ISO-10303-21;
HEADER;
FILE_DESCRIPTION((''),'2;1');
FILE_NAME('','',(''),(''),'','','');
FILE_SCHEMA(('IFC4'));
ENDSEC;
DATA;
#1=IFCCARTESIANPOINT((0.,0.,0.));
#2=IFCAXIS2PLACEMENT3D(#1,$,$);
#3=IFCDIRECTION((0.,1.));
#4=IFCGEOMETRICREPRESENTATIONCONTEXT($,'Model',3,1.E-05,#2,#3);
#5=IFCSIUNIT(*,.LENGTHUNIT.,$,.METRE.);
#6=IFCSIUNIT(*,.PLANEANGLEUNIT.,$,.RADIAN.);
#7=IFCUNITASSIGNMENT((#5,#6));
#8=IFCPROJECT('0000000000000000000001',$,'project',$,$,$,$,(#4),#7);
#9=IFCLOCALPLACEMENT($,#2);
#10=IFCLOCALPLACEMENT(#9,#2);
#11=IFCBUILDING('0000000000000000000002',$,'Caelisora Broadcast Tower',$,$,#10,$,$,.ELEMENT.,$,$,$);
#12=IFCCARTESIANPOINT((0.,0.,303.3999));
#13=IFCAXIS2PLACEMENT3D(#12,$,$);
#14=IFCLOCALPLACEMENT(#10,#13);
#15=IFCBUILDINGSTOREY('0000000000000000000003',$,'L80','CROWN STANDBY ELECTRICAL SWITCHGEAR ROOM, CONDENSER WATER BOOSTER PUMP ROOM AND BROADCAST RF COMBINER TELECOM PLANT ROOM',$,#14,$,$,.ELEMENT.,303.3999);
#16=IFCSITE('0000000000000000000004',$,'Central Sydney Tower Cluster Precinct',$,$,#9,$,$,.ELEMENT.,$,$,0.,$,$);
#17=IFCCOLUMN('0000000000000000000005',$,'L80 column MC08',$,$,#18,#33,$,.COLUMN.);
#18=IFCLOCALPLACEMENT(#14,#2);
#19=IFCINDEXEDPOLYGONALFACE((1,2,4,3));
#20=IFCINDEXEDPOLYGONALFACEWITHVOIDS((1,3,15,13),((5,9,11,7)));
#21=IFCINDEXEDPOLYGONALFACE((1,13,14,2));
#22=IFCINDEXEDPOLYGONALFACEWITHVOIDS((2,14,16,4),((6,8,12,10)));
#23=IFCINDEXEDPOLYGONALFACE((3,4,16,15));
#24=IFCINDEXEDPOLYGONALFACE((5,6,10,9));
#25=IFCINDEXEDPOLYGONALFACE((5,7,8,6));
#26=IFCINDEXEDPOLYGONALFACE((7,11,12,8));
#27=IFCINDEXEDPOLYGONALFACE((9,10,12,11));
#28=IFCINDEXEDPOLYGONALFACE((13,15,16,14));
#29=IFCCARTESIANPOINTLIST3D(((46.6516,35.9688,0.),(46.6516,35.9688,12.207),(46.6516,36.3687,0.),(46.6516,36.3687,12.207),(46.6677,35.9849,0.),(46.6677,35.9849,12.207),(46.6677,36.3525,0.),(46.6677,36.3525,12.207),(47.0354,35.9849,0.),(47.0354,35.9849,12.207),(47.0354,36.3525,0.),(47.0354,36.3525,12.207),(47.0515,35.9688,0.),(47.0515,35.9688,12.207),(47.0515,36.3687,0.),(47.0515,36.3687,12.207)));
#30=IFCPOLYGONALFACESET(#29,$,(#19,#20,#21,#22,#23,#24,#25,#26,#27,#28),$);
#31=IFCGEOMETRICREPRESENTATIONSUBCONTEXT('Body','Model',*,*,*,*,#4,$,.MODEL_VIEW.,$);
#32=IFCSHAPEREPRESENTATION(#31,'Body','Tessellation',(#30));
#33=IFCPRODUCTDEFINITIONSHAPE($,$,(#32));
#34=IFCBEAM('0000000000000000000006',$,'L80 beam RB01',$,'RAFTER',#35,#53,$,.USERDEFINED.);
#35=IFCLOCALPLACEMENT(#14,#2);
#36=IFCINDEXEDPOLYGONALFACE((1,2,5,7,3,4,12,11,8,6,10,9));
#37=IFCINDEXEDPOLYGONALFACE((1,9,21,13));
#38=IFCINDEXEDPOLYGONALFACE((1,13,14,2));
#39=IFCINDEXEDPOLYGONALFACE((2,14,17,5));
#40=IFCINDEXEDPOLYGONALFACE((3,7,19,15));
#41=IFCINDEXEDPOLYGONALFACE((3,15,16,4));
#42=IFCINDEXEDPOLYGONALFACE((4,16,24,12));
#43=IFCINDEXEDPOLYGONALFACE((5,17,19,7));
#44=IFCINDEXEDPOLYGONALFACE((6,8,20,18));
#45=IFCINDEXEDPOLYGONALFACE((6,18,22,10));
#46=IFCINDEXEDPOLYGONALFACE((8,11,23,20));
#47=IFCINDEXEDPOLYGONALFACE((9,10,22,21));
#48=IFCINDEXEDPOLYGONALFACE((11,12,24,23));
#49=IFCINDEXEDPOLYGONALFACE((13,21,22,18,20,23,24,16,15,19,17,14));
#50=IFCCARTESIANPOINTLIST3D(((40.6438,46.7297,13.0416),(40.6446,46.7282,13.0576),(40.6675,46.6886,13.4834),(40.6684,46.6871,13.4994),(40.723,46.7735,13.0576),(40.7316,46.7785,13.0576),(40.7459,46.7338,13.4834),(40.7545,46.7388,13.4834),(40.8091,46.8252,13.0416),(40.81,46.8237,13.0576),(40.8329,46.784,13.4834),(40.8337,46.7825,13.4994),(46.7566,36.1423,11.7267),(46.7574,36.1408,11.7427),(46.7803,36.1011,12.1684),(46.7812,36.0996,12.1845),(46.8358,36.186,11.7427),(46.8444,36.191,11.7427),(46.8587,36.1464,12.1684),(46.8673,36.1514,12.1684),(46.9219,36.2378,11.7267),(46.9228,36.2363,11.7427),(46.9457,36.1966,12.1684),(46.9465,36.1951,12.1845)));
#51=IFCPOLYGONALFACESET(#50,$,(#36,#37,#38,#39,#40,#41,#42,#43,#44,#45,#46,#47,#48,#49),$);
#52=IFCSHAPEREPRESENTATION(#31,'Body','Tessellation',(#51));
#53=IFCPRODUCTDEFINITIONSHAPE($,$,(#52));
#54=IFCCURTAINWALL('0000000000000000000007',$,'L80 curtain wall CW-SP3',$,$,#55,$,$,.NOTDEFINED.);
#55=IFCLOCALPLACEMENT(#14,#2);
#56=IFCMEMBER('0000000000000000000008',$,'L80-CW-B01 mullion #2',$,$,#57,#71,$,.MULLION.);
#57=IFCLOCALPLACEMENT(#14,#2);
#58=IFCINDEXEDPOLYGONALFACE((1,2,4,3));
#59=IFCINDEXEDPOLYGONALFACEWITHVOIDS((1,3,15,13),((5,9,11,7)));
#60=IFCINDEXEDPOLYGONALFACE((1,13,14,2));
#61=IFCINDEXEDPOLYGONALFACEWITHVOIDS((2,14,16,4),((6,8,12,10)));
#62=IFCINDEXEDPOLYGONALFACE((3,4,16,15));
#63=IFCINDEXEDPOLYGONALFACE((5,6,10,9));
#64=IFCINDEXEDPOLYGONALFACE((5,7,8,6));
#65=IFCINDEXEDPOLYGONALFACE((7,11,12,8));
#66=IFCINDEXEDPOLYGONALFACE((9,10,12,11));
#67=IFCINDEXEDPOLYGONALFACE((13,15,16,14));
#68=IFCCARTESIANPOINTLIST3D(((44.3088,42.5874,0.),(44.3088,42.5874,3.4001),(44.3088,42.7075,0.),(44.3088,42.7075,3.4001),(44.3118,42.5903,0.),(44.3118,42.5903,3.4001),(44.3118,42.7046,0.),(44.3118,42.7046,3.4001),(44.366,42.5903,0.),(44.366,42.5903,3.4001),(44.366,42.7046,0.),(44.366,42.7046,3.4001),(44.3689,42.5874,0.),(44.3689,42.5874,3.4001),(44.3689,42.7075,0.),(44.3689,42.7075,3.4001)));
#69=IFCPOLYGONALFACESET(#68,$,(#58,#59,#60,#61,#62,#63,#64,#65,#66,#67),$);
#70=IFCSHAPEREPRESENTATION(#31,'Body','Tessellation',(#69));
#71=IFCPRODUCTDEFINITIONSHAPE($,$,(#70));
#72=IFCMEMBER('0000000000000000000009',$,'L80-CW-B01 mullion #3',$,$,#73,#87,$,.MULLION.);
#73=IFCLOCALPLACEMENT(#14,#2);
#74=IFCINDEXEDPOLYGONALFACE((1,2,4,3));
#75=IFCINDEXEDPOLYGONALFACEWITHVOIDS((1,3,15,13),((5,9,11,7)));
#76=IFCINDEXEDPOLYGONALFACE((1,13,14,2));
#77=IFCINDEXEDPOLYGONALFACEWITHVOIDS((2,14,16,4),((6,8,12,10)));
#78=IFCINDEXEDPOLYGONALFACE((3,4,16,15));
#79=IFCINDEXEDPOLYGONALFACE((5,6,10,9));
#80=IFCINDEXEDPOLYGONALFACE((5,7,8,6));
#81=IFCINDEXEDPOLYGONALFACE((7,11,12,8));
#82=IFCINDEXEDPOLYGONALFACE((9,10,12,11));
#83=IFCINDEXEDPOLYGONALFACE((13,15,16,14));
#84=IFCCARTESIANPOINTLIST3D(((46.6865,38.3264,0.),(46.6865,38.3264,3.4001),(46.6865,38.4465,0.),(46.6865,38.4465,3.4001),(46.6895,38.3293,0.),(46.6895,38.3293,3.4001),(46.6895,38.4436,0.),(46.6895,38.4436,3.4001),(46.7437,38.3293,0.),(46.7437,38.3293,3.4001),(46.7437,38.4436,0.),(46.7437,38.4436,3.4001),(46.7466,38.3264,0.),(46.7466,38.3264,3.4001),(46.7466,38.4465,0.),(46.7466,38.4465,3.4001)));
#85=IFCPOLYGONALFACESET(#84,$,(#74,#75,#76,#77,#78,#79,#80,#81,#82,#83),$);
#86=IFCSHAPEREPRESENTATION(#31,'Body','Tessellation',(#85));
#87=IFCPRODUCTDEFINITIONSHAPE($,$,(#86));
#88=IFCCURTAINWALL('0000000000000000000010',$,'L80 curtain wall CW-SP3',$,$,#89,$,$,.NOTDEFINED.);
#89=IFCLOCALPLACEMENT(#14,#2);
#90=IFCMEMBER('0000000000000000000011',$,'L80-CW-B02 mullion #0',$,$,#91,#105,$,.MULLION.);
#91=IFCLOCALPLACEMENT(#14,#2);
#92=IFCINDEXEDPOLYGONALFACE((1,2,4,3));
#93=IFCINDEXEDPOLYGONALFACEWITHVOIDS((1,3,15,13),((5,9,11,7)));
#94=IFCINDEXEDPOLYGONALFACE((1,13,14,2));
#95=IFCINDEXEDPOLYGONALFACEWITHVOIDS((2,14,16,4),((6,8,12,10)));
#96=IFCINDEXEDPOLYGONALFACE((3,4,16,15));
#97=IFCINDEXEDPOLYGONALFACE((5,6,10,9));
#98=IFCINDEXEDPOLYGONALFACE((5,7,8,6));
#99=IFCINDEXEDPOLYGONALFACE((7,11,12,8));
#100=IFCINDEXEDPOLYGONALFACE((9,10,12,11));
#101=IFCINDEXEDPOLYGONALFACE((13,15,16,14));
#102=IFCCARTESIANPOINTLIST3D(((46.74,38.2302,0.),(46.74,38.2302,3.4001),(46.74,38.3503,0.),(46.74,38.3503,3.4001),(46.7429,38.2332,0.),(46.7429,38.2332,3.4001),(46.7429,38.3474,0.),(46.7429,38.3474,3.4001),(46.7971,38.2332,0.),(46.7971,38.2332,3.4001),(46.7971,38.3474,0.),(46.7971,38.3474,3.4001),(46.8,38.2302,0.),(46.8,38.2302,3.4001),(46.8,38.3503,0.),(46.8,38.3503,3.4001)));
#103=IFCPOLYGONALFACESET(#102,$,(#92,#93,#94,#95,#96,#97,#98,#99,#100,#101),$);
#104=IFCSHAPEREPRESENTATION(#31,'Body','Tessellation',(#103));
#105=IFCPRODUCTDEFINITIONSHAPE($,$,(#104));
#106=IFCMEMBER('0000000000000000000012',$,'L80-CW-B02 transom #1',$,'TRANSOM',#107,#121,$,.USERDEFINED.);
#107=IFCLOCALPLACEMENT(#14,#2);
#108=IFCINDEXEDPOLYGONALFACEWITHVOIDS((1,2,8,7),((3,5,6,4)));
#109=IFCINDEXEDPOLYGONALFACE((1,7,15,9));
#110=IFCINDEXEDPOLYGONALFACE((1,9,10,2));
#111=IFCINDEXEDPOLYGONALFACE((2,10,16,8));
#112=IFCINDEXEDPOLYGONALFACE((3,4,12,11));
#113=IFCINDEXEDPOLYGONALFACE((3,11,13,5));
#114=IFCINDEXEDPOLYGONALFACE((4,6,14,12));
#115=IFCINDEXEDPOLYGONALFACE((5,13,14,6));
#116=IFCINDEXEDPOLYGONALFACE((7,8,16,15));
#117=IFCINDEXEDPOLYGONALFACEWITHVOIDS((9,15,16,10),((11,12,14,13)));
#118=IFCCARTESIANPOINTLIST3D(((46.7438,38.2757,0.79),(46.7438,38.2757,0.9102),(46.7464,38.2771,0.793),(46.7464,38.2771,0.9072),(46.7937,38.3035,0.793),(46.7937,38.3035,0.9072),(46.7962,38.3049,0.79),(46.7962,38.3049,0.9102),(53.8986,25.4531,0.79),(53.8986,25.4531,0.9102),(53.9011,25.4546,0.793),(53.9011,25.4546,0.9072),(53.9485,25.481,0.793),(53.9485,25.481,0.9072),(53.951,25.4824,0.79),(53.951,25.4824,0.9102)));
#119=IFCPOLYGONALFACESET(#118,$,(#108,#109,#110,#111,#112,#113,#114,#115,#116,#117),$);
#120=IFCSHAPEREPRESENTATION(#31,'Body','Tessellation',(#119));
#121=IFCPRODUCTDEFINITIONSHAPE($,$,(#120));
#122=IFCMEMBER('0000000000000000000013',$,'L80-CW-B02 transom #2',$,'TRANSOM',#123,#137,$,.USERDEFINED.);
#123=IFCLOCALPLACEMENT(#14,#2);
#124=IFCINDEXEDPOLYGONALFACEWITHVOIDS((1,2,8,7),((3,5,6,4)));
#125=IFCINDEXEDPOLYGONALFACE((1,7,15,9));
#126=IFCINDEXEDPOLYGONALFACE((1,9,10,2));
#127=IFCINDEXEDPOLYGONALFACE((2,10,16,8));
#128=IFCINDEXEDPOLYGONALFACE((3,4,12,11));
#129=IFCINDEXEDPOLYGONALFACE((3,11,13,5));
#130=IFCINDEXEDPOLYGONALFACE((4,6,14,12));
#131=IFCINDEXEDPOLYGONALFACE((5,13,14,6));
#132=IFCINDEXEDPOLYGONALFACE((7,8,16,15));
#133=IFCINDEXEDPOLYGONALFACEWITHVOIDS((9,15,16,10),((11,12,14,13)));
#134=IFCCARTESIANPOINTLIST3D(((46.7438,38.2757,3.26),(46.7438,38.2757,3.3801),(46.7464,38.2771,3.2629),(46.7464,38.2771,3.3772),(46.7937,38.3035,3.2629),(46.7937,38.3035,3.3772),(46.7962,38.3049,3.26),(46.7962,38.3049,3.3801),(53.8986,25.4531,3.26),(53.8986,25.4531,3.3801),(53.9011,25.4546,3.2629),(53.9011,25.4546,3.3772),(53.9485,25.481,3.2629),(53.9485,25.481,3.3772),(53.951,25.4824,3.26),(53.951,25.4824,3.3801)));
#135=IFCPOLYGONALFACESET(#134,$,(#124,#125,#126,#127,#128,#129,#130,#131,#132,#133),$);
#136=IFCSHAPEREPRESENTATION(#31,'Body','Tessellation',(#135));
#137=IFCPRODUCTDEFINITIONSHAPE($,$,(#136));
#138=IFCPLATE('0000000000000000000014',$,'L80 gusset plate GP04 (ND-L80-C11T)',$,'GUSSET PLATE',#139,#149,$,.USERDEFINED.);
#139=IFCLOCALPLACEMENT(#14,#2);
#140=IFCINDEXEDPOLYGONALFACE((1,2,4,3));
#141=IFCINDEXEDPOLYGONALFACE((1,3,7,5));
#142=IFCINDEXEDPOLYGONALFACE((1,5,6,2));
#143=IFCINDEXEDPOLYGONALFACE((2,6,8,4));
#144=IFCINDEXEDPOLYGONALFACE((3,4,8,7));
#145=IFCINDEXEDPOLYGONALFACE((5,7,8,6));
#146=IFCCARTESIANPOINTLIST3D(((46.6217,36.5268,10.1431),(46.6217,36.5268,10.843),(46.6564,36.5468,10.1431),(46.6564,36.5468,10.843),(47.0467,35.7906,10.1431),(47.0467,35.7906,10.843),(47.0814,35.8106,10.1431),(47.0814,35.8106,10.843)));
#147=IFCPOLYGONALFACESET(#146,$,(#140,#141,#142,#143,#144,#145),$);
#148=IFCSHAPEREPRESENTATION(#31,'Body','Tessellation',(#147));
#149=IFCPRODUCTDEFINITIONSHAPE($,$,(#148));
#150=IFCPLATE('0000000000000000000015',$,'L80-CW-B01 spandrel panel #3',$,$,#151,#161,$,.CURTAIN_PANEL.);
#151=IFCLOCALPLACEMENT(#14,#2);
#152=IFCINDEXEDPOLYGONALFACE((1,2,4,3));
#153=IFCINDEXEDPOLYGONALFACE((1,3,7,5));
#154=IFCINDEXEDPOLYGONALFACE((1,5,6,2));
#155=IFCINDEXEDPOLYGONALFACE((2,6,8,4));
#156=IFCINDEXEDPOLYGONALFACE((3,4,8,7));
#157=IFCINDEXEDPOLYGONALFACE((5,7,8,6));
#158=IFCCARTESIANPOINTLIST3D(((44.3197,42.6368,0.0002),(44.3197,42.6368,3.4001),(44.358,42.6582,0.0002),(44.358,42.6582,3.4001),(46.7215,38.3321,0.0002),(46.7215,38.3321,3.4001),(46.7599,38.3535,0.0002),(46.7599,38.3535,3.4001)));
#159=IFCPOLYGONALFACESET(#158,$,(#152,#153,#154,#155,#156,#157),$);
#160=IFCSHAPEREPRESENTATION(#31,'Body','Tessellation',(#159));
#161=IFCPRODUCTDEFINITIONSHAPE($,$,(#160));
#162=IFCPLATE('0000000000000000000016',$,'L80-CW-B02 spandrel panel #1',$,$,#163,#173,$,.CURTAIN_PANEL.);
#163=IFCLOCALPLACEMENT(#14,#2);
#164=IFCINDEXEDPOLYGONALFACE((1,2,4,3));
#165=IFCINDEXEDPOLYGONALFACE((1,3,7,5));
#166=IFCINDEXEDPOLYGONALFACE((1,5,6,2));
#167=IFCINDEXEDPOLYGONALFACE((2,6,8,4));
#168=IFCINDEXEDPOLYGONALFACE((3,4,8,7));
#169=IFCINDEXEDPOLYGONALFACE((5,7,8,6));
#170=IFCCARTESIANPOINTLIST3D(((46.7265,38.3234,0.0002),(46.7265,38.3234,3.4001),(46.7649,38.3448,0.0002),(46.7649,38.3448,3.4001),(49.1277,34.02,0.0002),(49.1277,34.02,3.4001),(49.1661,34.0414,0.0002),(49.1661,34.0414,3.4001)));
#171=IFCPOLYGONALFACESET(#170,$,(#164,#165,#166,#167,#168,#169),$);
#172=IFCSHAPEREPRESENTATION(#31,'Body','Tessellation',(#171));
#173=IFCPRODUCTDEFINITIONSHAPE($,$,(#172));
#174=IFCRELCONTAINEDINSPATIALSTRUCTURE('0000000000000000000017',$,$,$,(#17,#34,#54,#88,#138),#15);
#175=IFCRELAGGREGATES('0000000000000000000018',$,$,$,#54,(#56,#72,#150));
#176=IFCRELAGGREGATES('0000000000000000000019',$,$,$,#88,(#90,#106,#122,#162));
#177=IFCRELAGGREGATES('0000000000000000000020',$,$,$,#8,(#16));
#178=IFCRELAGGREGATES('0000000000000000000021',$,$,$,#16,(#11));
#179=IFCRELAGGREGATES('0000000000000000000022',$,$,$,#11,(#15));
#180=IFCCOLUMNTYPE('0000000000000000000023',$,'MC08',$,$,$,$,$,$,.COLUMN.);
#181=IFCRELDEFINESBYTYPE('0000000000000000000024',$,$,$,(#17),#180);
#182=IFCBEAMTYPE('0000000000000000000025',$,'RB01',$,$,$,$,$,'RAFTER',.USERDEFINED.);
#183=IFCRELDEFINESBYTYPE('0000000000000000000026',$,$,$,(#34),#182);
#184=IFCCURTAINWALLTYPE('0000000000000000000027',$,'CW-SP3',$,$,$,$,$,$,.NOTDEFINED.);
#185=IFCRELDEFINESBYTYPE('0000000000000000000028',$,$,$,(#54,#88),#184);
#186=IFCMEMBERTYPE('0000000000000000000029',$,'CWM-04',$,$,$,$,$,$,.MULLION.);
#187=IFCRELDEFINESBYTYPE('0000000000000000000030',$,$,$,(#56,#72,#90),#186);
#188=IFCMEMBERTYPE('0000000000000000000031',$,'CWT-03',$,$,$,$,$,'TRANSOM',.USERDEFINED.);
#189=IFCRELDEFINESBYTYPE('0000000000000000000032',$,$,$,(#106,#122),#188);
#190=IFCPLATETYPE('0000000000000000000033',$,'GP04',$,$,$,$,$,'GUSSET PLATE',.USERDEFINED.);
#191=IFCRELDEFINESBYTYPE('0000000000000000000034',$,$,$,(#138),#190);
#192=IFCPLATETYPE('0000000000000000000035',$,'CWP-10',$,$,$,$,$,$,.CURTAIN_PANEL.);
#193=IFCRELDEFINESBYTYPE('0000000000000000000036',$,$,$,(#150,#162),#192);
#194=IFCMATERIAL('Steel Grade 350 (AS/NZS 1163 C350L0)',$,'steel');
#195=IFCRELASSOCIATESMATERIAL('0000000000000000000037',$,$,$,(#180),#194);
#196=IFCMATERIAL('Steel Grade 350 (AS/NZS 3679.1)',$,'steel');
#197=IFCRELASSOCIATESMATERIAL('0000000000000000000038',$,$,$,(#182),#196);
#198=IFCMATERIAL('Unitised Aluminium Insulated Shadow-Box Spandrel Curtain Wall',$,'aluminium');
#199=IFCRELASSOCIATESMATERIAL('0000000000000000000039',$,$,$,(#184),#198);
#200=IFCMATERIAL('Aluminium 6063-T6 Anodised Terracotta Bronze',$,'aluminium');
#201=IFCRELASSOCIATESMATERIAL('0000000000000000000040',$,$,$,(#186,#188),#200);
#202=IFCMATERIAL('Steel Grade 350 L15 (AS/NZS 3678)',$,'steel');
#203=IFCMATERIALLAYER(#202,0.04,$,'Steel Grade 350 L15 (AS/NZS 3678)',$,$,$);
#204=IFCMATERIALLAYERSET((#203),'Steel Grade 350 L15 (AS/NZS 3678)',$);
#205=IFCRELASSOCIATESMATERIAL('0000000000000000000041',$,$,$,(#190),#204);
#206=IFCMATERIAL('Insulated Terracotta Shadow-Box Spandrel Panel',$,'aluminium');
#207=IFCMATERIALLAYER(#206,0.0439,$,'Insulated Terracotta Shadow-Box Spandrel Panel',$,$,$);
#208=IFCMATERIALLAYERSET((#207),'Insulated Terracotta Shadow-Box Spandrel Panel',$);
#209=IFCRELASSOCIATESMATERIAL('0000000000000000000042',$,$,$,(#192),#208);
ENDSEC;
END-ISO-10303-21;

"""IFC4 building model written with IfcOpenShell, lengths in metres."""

from ifc_helpers import new_model, si_unit, direction, frame, origin, origin_2d, place, context, subcontext, project, spatial, rectangle, hollow_rectangle, i_section, extrude, source, transform, mapped, material, layer, layer_set, material_profile, profile_set, type_object, type_shapes, element, aggregate, save


model = new_model("IFC4")

# Units and contexts
model_context = context("Model", 3, precision=1e-05, world=origin(), true_north=direction((0.0, 1.0)))
body_context = subcontext(model_context, "Body", "Model", "MODEL_VIEW")
ifc_project = project(units=[si_unit("LENGTHUNIT", "METRE"), si_unit("PLANEANGLEUNIT", "RADIAN")], contexts=[model_context])

# Site, building, storey
site_placement = place(None, origin())
site = spatial("IfcSite", under=ifc_project, at=site_placement, Name="Central Sydney Tower Cluster Precinct", CompositionType="ELEMENT", RefElevation=0.0)
building_placement = place(site_placement, origin())
building = spatial("IfcBuilding", under=site, at=building_placement, Name="Caelisora Broadcast Tower", CompositionType="ELEMENT")
storey_placement = place(building_placement, frame((0.0, 0.0, 303.3999)))
storey = spatial("IfcBuildingStorey", under=building, at=storey_placement, Name="L80", Description="CROWN STANDBY ELECTRICAL SWITCHGEAR ROOM, CONDENSER WATER BOOSTER PUMP ROOM AND BROADCAST RF COMBINER TELECOM PLANT ROOM", CompositionType="ELEMENT", Elevation=303.3999)

# Column
ifc_material_1 = material(Name="Steel Grade 350 (AS/NZS 1163 C350L0)", Category="steel")
ifc_material_profile_1 = material_profile(ifc_material_1, hollow_rectangle(XDim=0.3999, YDim=0.3999, WallThickness=0.0161, at=origin_2d()), Name="Steel Grade 350 (AS/NZS 1163 C350L0)")
ifc_profile_set_1 = profile_set([ifc_material_profile_1], Name="Steel Grade 350 (AS/NZS 1163 C350L0)")
column_type = type_object("IfcColumnType", Name="MC08", PredefinedType="COLUMN", material=ifc_profile_set_1)
shared_shape_1 = source(origin(), body_context, "Body", "SweptSolid", [
    extrude(hollow_rectangle(XDim=0.3999, YDim=0.3999, WallThickness=0.0161, at=origin_2d()), origin(), (0.0, 0.0, 1.0), 12.207),
])
type_shapes(column_type, [shared_shape_1])
column_placement = place(storey_placement, frame((46.8516, 36.1687, 0.0), z_axis=(0.0, 0.0, 1.0), x_axis=(1.0, 0.0, 0.0)))
element("IfcColumn", 1, at=column_placement, inside=storey, type_object=column_type, Name="L80 column MC08", PredefinedType="COLUMN", context=body_context, shape_type="MappedRepresentation", body=[
    mapped(shared_shape_1, transform((0.0, 0.0, 0.0), scale=1.0)),
])

# Beam
ifc_material_2 = material(Name="Steel Grade 350 (AS/NZS 3679.1)", Category="steel")
ifc_material_profile_2 = material_profile(ifc_material_2, i_section(OverallWidth=0.1909, OverallDepth=0.4604, WebThickness=0.01, FlangeThickness=0.0161, at=origin_2d()), Name="Steel Grade 350 (AS/NZS 3679.1)")
ifc_profile_set_2 = profile_set([ifc_material_profile_2], Name="Steel Grade 350 (AS/NZS 3679.1)")
beam_type = type_object("IfcBeamType", Name="RB01", ElementType="RAFTER", PredefinedType="USERDEFINED", material=ifc_profile_set_2)
shared_shape_2 = source(origin(), body_context, "Body", "SweptSolid", [
    extrude(i_section(OverallWidth=0.1909, OverallDepth=0.4604, WebThickness=0.01, FlangeThickness=0.0161, at=origin_2d()), origin(), (0.0, 0.0, 1.0), 12.2959),
])
type_shapes(beam_type, [shared_shape_2])
beam_placement = place(storey_placement, frame((46.8516, 36.1687, 11.9556), z_axis=(-0.497142, 0.861054, 0.106942), x_axis=(-0.86602, -0.500009, 0.0)))
element("IfcBeam", 2, at=beam_placement, inside=storey, type_object=beam_type, Name="L80 beam RB01", ObjectType="RAFTER", PredefinedType="USERDEFINED", context=body_context, shape_type="MappedRepresentation", body=[
    mapped(shared_shape_2, transform((0.0, 0.0, 0.0), scale=1.0)),
])

# Curtain walls, members
ifc_material_3 = material(Name="Unitised Aluminium Insulated Shadow-Box Spandrel Curtain Wall", Category="aluminium")
curtain_wall_type = type_object("IfcCurtainWallType", Name="CW-SP3", PredefinedType="NOTDEFINED", material=ifc_material_3)
curtain_wall_1_placement = place(storey_placement, origin())
curtain_wall_1 = element("IfcCurtainWall", 3, at=curtain_wall_1_placement, inside=storey, type_object=curtain_wall_type, Name="L80 curtain wall CW-SP3", PredefinedType="NOTDEFINED")
ifc_material_4 = material(Name="Aluminium 6063-T6 Anodised Terracotta Bronze", Category="aluminium")
ifc_material_profile_3 = material_profile(ifc_material_4, hollow_rectangle(XDim=0.0601, YDim=0.1201, WallThickness=0.0029, at=origin_2d()), Name="Aluminium 6063-T6 Anodised Terracotta Bronze")
ifc_profile_set_3 = profile_set([ifc_material_profile_3], Name="Aluminium 6063-T6 Anodised Terracotta Bronze")
member_type_1 = type_object("IfcMemberType", Name="CWM-04", PredefinedType="MULLION", material=ifc_profile_set_3)
shared_shape_3 = source(origin(), body_context, "Body", "SweptSolid", [
    extrude(hollow_rectangle(XDim=0.0601, YDim=0.1201, WallThickness=0.0029, at=origin_2d()), origin(), (0.0, 0.0, 1.0), 3.4001),
])
type_shapes(member_type_1, [shared_shape_3])
member_1_placement = place(storey_placement, frame((44.3389, 42.6475, 0.0), z_axis=(0.0, 0.0, 1.0), x_axis=(1.0, 0.0, 0.0)))
member_1 = element("IfcMember", 4, at=member_1_placement, type_object=member_type_1, Name="L80-CW-B01 mullion #2", PredefinedType="MULLION", context=body_context, shape_type="MappedRepresentation", body=[
    mapped(shared_shape_3, transform((0.0, 0.0, 0.0), scale=1.0)),
])
member_2_placement = place(storey_placement, frame((46.7166, 38.3865, 0.0), z_axis=(0.0, 0.0, 1.0), x_axis=(1.0, 0.0, 0.0)))
member_2 = element("IfcMember", 5, at=member_2_placement, type_object=member_type_1, Name="L80-CW-B01 mullion #3", PredefinedType="MULLION", context=body_context, shape_type="MappedRepresentation", body=[
    mapped(shared_shape_3, transform((0.0, 0.0, 0.0), scale=1.0)),
])
curtain_wall_2_placement = place(storey_placement, origin())
curtain_wall_2 = element("IfcCurtainWall", 6, at=curtain_wall_2_placement, inside=storey, type_object=curtain_wall_type, Name="L80 curtain wall CW-SP3", PredefinedType="NOTDEFINED")
member_3_placement = place(storey_placement, frame((46.77, 38.2903, 0.0), z_axis=(0.0, 0.0, 1.0), x_axis=(1.0, 0.0, 0.0)))
member_3 = element("IfcMember", 7, at=member_3_placement, type_object=member_type_1, Name="L80-CW-B02 mullion #0", PredefinedType="MULLION", context=body_context, shape_type="MappedRepresentation", body=[
    mapped(shared_shape_3, transform((0.0, 0.0, 0.0), scale=1.0)),
])
ifc_material_profile_4 = material_profile(ifc_material_4, hollow_rectangle(XDim=0.0601, YDim=0.1201, WallThickness=0.0029, at=origin_2d()), Name="Aluminium 6063-T6 Anodised Terracotta Bronze")
ifc_profile_set_4 = profile_set([ifc_material_profile_4], Name="Aluminium 6063-T6 Anodised Terracotta Bronze")
member_type_2 = type_object("IfcMemberType", Name="CWT-03", ElementType="TRANSOM", PredefinedType="USERDEFINED", material=ifc_profile_set_4)
shared_shape_4 = source(origin(), body_context, "Body", "SweptSolid", [
    extrude(hollow_rectangle(XDim=0.0601, YDim=0.1201, WallThickness=0.0029, at=origin_2d()), origin(), (0.0, 0.0, 1.0), 14.6836),
])
type_shapes(member_type_2, [shared_shape_4])
member_4_placement = place(storey_placement, frame((46.77, 38.2903, 0.8501), z_axis=(0.487264, -0.873255, 0.0), x_axis=(0.873255, 0.487264, 0.0)))
member_4 = element("IfcMember", 8, at=member_4_placement, type_object=member_type_2, Name="L80-CW-B02 transom #1", ObjectType="TRANSOM", PredefinedType="USERDEFINED", context=body_context, shape_type="MappedRepresentation", body=[
    mapped(shared_shape_4, transform((0.0, 0.0, 0.0), scale=1.0)),
])
member_5_placement = place(storey_placement, frame((46.77, 38.2903, 3.3201), z_axis=(0.487264, -0.873255, 0.0), x_axis=(0.873255, 0.487264, 0.0)))
member_5 = element("IfcMember", 9, at=member_5_placement, type_object=member_type_2, Name="L80-CW-B02 transom #2", ObjectType="TRANSOM", PredefinedType="USERDEFINED", context=body_context, shape_type="MappedRepresentation", body=[
    mapped(shared_shape_4, transform((0.0, 0.0, 0.0), scale=1.0)),
])

# Plates
ifc_material_5 = material(Name="Steel Grade 350 L15 (AS/NZS 3678)", Category="steel")
ifc_layer_1 = layer(ifc_material_5, 0.04, Name="Steel Grade 350 L15 (AS/NZS 3678)")
ifc_layer_set_1 = layer_set([ifc_layer_1], Name="Steel Grade 350 L15 (AS/NZS 3678)")
plate_type_1 = type_object("IfcPlateType", Name="GP04", ElementType="GUSSET PLATE", PredefinedType="USERDEFINED", material=ifc_layer_set_1)
shared_shape_5 = source(origin(), body_context, "Body", "SweptSolid", [
    extrude(rectangle(XDim=0.8501, YDim=0.04, at=origin_2d()), origin(), (0.0, 0.0, 1.0), 0.7),
])
type_shapes(plate_type_1, [shared_shape_5])
plate_1_placement = place(storey_placement, frame((46.8516, 36.1687, 10.1431), z_axis=(0.0, 0.0, 1.0), x_axis=(-0.5, 0.866025, 0.0)))
element("IfcPlate", 10, at=plate_1_placement, inside=storey, type_object=plate_type_1, Name="L80 gusset plate GP04 (ND-L80-C11T)", ObjectType="GUSSET PLATE", PredefinedType="USERDEFINED", context=body_context, shape_type="MappedRepresentation", body=[
    mapped(shared_shape_5, transform((0.0, 0.0, 0.0), scale=1.0)),
])
ifc_material_6 = material(Name="Insulated Terracotta Shadow-Box Spandrel Panel", Category="aluminium")
ifc_layer_2 = layer(ifc_material_6, 0.0439, Name="Insulated Terracotta Shadow-Box Spandrel Panel")
ifc_layer_set_2 = layer_set([ifc_layer_2], Name="Insulated Terracotta Shadow-Box Spandrel Panel")
plate_type_2 = type_object("IfcPlateType", Name="CWP-10", PredefinedType="CURTAIN_PANEL", material=ifc_layer_set_2)
shared_shape_6 = source(origin(), body_context, "Body", "SweptSolid", [
    extrude(rectangle(XDim=4.9294, YDim=0.0439, at=origin_2d()), origin(), (0.0, 0.0, 1.0), 3.3999),
])
plate_2_placement = place(storey_placement, frame((45.5398, 40.4951, 0.0002), z_axis=(0.0, 0.0, 1.0), x_axis=(0.48725, -0.873262, 0.0)))
plate_2 = element("IfcPlate", 11, at=plate_2_placement, type_object=plate_type_2, Name="L80-CW-B01 spandrel panel #3", PredefinedType="CURTAIN_PANEL", context=body_context, shape_type="MappedRepresentation", body=[
    mapped(shared_shape_6, transform((0.0, 0.0, 0.0), scale=1.0)),
])
aggregate(curtain_wall_1, [member_1, member_2, plate_2])
shared_shape_7 = source(origin(), body_context, "Body", "SweptSolid", [
    extrude(rectangle(XDim=4.928, YDim=0.0439, at=origin_2d()), origin(), (0.0, 0.0, 1.0), 3.3999),
])
type_shapes(plate_type_2, [shared_shape_6, shared_shape_7])
plate_3_placement = place(storey_placement, frame((47.9463, 36.1824, 0.0002), z_axis=(0.0, 0.0, 1.0), x_axis=(0.48725, -0.873262, 0.0)))
plate_3 = element("IfcPlate", 12, at=plate_3_placement, type_object=plate_type_2, Name="L80-CW-B02 spandrel panel #1", PredefinedType="CURTAIN_PANEL", context=body_context, shape_type="MappedRepresentation", body=[
    mapped(shared_shape_7, transform((0.0, 0.0, 0.0), scale=1.0)),
])
aggregate(curtain_wall_2, [member_3, member_4, member_5, plate_3])

save(model, "model.ifc")
